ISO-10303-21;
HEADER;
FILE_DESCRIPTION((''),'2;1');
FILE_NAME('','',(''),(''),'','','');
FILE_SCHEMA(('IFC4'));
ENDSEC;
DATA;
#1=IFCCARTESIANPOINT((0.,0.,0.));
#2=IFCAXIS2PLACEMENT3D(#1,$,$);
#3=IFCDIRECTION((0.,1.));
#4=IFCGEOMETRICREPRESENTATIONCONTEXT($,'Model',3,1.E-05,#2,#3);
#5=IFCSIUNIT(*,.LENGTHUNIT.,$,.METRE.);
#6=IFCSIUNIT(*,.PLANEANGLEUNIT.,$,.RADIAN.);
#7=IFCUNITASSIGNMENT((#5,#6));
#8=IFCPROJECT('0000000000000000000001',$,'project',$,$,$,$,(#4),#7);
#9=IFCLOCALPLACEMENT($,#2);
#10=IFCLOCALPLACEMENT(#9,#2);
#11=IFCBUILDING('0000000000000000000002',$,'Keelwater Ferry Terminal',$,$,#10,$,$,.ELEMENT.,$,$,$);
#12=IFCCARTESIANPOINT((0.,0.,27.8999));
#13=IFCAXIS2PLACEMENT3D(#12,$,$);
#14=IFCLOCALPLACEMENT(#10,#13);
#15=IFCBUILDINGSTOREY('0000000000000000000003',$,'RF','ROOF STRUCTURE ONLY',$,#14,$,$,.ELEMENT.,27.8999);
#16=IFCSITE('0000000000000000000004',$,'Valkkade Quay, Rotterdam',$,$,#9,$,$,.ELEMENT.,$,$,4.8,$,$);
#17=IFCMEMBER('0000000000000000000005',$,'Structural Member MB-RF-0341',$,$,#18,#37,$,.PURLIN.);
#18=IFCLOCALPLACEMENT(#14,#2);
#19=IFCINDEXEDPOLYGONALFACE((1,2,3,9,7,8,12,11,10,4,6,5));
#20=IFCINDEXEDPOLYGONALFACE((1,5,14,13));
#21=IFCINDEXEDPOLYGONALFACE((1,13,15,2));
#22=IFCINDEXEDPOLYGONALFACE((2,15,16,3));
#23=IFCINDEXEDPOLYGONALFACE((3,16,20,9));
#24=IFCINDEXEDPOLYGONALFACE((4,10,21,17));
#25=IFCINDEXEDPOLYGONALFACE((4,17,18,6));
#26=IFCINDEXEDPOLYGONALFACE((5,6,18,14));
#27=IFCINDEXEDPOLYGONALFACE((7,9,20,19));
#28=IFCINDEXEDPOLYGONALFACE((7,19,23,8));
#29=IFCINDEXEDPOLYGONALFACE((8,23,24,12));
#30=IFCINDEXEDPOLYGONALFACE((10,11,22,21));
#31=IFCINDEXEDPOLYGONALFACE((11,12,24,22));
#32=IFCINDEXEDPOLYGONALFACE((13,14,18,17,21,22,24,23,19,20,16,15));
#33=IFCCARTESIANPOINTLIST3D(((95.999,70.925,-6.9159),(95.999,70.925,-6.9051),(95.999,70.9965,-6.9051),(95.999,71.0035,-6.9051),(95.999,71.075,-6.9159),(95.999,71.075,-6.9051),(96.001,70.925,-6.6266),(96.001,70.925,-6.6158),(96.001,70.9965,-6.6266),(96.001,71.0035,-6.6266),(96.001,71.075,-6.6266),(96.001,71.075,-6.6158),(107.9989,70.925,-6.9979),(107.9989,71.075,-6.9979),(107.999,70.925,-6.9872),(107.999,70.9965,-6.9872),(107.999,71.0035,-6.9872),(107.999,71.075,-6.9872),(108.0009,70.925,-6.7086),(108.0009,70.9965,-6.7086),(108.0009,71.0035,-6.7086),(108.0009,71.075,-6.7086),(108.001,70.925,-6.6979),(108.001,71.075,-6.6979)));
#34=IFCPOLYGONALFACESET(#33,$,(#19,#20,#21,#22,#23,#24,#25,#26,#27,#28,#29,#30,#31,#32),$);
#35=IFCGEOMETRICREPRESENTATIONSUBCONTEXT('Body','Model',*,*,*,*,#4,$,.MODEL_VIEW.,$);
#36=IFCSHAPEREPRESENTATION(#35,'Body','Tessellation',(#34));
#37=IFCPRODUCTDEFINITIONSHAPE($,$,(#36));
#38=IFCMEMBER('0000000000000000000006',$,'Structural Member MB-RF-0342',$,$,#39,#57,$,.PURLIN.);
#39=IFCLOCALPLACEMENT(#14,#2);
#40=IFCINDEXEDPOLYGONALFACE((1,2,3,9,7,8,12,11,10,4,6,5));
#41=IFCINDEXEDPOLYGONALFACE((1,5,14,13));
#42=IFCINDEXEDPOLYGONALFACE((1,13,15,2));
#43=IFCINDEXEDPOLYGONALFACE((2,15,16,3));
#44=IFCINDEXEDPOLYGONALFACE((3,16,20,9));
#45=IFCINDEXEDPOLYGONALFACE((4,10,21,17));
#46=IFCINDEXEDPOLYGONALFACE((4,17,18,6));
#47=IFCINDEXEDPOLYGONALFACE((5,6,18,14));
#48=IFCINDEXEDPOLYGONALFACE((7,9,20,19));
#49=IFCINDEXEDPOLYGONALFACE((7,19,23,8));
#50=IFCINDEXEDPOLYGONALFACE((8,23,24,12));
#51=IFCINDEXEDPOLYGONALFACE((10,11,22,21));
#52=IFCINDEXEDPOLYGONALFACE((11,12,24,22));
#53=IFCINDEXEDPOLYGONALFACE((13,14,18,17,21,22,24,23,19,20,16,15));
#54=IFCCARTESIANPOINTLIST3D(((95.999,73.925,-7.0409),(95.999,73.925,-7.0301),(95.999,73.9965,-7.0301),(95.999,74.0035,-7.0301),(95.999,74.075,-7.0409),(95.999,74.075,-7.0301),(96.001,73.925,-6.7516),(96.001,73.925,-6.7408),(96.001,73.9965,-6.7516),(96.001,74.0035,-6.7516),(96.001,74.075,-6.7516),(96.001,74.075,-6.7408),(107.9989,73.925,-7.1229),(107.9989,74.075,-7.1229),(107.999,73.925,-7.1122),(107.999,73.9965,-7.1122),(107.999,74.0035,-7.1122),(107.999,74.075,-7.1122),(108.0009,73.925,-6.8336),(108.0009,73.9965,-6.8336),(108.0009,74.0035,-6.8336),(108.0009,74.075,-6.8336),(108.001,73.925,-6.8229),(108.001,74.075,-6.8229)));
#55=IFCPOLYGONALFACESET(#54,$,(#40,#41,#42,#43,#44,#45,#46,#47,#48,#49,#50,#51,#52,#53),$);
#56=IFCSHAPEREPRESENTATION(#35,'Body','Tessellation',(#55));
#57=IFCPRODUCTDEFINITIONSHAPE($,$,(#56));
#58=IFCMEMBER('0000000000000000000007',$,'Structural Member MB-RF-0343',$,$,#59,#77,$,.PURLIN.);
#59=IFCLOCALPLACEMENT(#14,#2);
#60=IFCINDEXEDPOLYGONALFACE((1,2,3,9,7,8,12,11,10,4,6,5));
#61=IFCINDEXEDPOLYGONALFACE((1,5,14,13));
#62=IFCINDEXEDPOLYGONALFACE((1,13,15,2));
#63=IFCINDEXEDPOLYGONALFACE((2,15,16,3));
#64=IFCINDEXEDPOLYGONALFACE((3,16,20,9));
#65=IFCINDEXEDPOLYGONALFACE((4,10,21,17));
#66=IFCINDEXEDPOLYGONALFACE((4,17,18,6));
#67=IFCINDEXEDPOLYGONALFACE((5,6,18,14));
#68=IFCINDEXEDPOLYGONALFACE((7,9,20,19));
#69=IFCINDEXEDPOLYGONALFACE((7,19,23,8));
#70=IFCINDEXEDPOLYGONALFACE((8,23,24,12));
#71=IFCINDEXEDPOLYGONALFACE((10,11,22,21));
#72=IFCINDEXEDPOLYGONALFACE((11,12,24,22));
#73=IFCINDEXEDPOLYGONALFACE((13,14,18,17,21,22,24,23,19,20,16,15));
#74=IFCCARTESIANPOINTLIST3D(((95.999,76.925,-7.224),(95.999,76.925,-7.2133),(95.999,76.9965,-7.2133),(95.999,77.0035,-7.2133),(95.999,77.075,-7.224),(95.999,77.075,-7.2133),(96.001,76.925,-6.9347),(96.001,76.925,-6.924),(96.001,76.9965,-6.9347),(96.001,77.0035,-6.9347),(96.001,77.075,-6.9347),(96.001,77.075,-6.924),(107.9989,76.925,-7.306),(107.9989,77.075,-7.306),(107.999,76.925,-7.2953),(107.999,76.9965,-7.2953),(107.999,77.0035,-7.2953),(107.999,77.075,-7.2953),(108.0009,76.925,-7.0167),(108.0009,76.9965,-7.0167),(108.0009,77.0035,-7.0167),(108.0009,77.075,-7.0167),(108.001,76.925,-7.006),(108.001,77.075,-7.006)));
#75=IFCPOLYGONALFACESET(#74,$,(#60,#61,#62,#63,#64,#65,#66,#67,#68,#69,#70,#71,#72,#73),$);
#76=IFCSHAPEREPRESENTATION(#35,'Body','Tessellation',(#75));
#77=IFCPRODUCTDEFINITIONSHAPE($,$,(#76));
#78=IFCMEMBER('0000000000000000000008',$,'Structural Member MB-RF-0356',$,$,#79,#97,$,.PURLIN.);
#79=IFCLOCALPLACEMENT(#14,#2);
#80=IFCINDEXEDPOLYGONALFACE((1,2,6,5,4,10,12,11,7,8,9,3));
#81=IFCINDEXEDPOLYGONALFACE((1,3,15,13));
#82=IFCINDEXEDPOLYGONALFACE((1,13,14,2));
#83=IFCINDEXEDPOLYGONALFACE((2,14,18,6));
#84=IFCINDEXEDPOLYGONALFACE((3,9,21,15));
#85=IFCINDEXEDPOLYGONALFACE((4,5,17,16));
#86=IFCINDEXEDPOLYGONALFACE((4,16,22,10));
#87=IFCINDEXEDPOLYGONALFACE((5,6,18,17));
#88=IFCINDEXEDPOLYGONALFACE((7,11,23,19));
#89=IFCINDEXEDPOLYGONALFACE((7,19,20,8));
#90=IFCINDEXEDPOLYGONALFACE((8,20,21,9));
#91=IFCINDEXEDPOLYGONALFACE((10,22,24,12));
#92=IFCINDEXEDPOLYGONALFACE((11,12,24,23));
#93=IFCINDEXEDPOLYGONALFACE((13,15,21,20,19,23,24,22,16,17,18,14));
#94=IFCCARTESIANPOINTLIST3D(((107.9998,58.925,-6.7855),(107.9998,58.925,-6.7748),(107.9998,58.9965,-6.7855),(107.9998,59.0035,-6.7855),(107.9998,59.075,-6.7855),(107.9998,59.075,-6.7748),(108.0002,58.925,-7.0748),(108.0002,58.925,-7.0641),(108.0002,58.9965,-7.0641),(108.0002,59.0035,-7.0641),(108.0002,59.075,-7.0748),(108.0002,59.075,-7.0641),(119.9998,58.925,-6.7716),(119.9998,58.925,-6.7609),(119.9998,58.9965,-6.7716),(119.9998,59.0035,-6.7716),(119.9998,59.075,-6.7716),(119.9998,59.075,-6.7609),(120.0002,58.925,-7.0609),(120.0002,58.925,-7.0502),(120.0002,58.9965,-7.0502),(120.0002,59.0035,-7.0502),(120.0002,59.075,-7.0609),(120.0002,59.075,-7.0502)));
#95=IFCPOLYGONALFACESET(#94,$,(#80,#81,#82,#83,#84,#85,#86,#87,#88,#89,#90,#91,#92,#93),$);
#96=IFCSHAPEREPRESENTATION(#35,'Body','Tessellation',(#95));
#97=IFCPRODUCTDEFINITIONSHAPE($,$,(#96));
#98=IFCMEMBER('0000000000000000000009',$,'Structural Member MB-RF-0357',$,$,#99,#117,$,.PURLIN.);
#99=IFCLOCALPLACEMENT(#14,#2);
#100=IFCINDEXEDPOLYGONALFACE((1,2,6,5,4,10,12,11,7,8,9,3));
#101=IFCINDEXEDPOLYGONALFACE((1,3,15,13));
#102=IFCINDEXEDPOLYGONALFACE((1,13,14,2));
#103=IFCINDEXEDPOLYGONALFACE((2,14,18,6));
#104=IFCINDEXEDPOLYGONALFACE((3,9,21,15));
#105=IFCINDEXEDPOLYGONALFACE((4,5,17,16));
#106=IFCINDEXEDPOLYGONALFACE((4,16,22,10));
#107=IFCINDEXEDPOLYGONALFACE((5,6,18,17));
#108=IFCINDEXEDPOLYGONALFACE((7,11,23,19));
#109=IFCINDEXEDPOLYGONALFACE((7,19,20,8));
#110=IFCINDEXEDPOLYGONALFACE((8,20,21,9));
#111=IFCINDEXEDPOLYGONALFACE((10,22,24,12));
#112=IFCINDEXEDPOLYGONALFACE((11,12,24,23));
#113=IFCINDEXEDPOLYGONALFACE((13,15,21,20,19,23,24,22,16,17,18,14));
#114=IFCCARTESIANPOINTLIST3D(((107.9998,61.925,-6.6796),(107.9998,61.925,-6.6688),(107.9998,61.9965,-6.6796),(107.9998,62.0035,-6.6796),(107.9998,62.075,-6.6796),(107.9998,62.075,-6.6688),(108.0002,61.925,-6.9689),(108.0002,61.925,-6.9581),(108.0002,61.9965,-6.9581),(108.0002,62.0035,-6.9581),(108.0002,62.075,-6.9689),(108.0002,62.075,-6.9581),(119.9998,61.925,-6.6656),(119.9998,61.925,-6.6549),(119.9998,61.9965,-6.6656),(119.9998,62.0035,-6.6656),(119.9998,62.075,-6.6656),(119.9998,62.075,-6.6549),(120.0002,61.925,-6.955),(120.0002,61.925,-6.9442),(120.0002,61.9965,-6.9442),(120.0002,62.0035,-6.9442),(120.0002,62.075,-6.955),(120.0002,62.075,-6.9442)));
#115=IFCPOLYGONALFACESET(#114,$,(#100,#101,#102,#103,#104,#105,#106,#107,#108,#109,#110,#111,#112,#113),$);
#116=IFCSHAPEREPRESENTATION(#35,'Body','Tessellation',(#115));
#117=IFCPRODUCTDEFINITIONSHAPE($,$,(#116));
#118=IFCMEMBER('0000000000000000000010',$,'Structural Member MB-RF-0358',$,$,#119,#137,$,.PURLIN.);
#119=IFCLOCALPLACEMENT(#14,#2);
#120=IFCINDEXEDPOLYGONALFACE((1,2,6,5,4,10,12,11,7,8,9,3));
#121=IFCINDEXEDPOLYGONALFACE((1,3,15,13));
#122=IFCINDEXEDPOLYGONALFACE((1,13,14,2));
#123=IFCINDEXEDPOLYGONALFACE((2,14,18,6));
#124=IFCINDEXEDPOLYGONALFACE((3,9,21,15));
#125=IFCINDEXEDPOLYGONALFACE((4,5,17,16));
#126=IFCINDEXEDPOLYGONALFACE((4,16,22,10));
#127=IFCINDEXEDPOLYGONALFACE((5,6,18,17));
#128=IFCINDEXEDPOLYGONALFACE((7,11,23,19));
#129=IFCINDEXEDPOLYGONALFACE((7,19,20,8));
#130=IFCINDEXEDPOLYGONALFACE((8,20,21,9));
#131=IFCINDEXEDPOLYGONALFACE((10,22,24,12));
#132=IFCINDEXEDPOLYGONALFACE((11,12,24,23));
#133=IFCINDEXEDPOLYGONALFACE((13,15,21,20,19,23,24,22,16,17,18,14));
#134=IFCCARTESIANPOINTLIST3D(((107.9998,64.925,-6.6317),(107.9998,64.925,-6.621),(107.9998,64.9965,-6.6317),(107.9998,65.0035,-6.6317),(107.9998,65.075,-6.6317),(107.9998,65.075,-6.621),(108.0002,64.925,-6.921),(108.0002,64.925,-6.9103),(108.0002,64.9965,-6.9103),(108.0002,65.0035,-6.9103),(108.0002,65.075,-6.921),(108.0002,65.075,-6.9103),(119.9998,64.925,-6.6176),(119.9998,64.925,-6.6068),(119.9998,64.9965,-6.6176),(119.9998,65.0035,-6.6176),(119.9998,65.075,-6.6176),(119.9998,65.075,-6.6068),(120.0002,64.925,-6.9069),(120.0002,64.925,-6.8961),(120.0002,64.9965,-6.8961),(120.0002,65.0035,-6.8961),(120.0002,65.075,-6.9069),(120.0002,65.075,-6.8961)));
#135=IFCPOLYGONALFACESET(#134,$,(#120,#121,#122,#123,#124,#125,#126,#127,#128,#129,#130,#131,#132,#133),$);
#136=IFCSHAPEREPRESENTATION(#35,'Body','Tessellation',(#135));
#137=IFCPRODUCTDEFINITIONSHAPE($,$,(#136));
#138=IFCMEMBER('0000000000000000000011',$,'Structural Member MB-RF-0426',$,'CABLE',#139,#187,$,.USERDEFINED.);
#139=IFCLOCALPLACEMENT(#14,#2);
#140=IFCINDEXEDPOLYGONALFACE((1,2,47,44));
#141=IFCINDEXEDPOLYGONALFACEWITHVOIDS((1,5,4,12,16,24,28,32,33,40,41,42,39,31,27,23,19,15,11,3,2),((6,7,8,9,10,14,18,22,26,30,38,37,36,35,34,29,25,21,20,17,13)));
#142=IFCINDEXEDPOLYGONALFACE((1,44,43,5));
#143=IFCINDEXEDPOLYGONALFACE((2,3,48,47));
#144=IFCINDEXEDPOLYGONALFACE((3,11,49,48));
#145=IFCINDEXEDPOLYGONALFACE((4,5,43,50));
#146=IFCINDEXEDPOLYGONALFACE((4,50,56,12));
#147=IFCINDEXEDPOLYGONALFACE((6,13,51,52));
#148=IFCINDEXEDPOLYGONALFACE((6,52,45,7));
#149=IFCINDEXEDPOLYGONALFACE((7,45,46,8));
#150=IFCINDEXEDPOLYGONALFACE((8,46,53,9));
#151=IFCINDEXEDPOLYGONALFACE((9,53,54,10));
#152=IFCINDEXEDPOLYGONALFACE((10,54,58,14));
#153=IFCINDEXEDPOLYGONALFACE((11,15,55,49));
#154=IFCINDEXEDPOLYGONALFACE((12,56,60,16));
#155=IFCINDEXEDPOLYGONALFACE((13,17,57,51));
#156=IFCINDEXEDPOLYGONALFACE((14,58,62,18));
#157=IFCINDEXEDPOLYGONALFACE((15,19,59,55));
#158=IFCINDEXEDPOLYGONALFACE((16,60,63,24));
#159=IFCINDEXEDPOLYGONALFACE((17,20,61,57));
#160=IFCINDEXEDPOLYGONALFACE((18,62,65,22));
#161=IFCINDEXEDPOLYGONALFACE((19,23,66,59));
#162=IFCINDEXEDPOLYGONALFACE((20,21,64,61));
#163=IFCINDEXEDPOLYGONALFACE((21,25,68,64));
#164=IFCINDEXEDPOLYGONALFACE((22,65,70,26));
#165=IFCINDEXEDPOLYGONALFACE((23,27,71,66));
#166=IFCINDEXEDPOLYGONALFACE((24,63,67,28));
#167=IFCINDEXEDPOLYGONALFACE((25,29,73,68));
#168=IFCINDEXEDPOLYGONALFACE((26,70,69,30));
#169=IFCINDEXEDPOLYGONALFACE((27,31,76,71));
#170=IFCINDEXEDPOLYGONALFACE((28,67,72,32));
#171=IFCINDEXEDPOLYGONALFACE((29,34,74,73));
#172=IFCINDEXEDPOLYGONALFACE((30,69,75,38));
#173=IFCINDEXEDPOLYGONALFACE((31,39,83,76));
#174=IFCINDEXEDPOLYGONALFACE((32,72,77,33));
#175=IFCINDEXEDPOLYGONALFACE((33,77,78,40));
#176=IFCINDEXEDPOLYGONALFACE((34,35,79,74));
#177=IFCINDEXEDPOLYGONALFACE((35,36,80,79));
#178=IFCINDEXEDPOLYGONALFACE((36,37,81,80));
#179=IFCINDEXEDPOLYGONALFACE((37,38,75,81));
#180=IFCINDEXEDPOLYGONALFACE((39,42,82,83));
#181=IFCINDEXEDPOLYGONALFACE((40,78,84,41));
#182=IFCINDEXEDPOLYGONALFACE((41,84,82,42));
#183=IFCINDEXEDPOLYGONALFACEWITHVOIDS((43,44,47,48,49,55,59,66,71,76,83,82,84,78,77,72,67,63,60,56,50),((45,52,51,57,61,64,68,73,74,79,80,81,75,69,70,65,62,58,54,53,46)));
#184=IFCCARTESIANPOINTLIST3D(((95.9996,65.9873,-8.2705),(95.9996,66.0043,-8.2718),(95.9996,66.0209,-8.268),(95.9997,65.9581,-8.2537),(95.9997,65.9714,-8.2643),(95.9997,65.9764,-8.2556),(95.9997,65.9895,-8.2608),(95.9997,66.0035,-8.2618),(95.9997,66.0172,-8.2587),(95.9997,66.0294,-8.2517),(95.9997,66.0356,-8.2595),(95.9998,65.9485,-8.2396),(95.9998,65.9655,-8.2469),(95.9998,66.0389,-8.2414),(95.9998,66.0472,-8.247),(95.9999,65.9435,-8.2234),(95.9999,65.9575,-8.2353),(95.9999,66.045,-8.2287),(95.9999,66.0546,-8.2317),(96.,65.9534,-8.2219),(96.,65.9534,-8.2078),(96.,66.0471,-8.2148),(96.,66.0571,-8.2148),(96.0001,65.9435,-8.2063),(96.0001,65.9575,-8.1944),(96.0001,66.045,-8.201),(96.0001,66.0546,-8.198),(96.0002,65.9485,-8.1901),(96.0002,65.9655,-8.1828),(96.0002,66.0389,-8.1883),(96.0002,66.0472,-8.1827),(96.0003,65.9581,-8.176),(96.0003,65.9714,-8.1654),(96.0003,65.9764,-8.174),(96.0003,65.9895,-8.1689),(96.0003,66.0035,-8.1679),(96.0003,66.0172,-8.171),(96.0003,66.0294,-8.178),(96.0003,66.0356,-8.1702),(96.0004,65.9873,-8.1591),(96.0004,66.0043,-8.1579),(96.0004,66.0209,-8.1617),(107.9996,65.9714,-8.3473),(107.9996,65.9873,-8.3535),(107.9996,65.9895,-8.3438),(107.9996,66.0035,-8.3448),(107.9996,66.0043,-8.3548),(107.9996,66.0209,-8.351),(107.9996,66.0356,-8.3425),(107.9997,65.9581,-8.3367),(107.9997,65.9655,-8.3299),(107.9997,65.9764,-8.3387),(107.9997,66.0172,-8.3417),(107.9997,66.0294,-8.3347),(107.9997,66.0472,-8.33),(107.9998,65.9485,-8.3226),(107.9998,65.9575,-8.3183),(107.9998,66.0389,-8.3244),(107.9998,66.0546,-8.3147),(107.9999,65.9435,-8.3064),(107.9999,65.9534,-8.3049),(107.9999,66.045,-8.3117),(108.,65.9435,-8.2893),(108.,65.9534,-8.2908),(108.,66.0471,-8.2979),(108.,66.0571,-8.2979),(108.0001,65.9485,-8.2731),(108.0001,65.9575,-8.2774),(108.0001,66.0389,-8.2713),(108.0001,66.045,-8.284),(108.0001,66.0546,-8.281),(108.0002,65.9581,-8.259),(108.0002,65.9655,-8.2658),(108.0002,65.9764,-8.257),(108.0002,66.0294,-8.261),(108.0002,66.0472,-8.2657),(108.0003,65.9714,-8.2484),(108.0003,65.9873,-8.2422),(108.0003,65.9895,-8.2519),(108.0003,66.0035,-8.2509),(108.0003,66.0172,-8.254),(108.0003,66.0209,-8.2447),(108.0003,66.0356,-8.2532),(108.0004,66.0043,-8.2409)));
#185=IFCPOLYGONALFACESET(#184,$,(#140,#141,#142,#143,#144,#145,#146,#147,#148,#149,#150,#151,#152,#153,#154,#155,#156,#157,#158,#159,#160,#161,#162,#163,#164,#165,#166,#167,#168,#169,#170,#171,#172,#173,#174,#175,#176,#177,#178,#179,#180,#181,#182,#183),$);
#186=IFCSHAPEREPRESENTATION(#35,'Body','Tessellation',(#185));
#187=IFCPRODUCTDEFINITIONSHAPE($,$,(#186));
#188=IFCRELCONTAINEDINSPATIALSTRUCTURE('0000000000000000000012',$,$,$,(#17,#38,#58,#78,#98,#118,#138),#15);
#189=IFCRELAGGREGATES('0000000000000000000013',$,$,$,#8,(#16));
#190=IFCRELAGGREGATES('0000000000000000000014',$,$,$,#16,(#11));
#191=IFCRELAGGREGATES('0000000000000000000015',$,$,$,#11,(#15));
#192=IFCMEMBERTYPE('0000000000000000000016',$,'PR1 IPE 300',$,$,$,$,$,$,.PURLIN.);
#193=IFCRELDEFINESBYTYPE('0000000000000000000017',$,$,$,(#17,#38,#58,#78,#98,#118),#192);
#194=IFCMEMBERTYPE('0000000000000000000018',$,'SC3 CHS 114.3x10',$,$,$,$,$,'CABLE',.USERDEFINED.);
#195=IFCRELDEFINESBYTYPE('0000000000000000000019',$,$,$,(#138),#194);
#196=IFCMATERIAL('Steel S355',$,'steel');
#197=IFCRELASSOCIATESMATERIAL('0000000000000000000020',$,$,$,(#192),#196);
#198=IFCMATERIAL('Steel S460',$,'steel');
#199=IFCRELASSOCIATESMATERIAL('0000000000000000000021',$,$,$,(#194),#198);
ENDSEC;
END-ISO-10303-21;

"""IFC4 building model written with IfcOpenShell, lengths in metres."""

from ifc_helpers import new_model, si_unit, direction, frame, origin, origin_2d, place, context, subcontext, project, spatial, hollow_circle, i_section, extrude, material, material_profile, profile_set, type_object, element, save


model = new_model("IFC4")

# Units and contexts
model_context = context("Model", 3, precision=1e-05, world=origin(), true_north=direction((0.0, 1.0)))
body_context = subcontext(model_context, "Body", "Model", "MODEL_VIEW")
ifc_project = project(units=[si_unit("LENGTHUNIT", "METRE"), si_unit("PLANEANGLEUNIT", "RADIAN")], contexts=[model_context])

# Site, building, storey
site_placement = place(None, origin())
site = spatial("IfcSite", under=ifc_project, at=site_placement, Name="Valkkade Quay, Rotterdam", CompositionType="ELEMENT", RefElevation=4.8)
building_placement = place(site_placement, origin())
building = spatial("IfcBuilding", under=site, at=building_placement, Name="Keelwater Ferry Terminal", CompositionType="ELEMENT")
storey_placement = place(building_placement, frame((0.0, 0.0, 27.8999)))
storey = spatial("IfcBuildingStorey", under=building, at=storey_placement, Name="RF", Description="ROOF STRUCTURE ONLY", CompositionType="ELEMENT", Elevation=27.8999)

# Members
ifc_material_1 = material(Name="Steel S355", Category="steel")
ifc_material_profile_1 = material_profile(ifc_material_1, i_section(OverallWidth=0.1499, OverallDepth=0.3, WebThickness=0.0071, FlangeThickness=0.0107, at=origin_2d()), Name="IPE 300")
ifc_profile_set_1 = profile_set([ifc_material_profile_1], Name="Steel S355")
member_type_1 = type_object("IfcMemberType", Name="PR1 IPE 300", PredefinedType="PURLIN", material=ifc_profile_set_1)
for number, where, z_axis, x_axis, name in (
    (1, (96.0, 71.0, -6.7659), (0.999977, 0.0, -0.006836), (0.0, 1.0, 0.0), "Structural Member MB-RF-0341"),
    (2, (96.0, 74.0, -6.8909), (0.999977, 0.0, -0.006836), (0.0, 1.0, 0.0), "Structural Member MB-RF-0342"),
    (3, (96.0, 77.0, -7.074), (0.999977, 0.0, -0.006836), (0.0, 1.0, 0.0), "Structural Member MB-RF-0343"),
):
    element("IfcMember", number, at=place(storey_placement, frame(where, z_axis=z_axis, x_axis=x_axis)), inside=storey, type_object=member_type_1, Name=name, PredefinedType="PURLIN", context=body_context, shape_type="SweptSolid", body=[
        extrude(i_section(OverallWidth=0.1499, OverallDepth=0.3, WebThickness=0.0071, FlangeThickness=0.0107, at=origin_2d()), origin(), (0.0, 0.0, 1.0), 12.0002),
    ])
for number, where, z_axis, x_axis, name in (
    (4, (108.0, 59.0, -6.9248), (0.999999, 0.0, 0.00116), (0.0, 1.0, 0.0), "Structural Member MB-RF-0356"),
    (5, (108.0, 62.0, -6.8188), (0.999999, 0.0, 0.00116), (0.0, 1.0, 0.0), "Structural Member MB-RF-0357"),
    (6, (108.0, 65.0, -6.771), (0.999999, 0.0, 0.00118), (0.0, 1.0, 0.0), "Structural Member MB-RF-0358"),
):
    element("IfcMember", number, at=place(storey_placement, frame(where, z_axis=z_axis, x_axis=x_axis)), inside=storey, type_object=member_type_1, Name=name, PredefinedType="PURLIN", context=body_context, shape_type="SweptSolid", body=[
        extrude(i_section(OverallWidth=0.1499, OverallDepth=0.3, WebThickness=0.0071, FlangeThickness=0.0107, at=origin_2d()), origin(), (0.0, 0.0, 1.0), 12.0),
    ])
ifc_material_2 = material(Name="Steel S460", Category="steel")
ifc_material_profile_2 = material_profile(ifc_material_2, hollow_circle(Radius=0.0571, WallThickness=0.01, at=origin_2d()), Name="CHS 114.3x10")
ifc_profile_set_2 = profile_set([ifc_material_profile_2], Name="Steel S460")
member_type_2 = type_object("IfcMemberType", Name="SC3 CHS 114.3x10", ElementType="CABLE", PredefinedType="USERDEFINED", material=ifc_profile_set_2)
member_1_placement = place(storey_placement, frame((96.0, 66.0, -8.2148), z_axis=(0.999976, 0.0, -0.006917), x_axis=(0.0, 1.0, 0.0)))
element("IfcMember", 7, at=member_1_placement, inside=storey, type_object=member_type_2, Name="Structural Member MB-RF-0426", ObjectType="CABLE", PredefinedType="USERDEFINED", context=body_context, shape_type="SweptSolid", body=[
    extrude(hollow_circle(Radius=0.0571, WallThickness=0.01, at=origin_2d()), origin(), (0.0, 0.0, 1.0), 12.0002),
])

save(model, "model.ifc")
